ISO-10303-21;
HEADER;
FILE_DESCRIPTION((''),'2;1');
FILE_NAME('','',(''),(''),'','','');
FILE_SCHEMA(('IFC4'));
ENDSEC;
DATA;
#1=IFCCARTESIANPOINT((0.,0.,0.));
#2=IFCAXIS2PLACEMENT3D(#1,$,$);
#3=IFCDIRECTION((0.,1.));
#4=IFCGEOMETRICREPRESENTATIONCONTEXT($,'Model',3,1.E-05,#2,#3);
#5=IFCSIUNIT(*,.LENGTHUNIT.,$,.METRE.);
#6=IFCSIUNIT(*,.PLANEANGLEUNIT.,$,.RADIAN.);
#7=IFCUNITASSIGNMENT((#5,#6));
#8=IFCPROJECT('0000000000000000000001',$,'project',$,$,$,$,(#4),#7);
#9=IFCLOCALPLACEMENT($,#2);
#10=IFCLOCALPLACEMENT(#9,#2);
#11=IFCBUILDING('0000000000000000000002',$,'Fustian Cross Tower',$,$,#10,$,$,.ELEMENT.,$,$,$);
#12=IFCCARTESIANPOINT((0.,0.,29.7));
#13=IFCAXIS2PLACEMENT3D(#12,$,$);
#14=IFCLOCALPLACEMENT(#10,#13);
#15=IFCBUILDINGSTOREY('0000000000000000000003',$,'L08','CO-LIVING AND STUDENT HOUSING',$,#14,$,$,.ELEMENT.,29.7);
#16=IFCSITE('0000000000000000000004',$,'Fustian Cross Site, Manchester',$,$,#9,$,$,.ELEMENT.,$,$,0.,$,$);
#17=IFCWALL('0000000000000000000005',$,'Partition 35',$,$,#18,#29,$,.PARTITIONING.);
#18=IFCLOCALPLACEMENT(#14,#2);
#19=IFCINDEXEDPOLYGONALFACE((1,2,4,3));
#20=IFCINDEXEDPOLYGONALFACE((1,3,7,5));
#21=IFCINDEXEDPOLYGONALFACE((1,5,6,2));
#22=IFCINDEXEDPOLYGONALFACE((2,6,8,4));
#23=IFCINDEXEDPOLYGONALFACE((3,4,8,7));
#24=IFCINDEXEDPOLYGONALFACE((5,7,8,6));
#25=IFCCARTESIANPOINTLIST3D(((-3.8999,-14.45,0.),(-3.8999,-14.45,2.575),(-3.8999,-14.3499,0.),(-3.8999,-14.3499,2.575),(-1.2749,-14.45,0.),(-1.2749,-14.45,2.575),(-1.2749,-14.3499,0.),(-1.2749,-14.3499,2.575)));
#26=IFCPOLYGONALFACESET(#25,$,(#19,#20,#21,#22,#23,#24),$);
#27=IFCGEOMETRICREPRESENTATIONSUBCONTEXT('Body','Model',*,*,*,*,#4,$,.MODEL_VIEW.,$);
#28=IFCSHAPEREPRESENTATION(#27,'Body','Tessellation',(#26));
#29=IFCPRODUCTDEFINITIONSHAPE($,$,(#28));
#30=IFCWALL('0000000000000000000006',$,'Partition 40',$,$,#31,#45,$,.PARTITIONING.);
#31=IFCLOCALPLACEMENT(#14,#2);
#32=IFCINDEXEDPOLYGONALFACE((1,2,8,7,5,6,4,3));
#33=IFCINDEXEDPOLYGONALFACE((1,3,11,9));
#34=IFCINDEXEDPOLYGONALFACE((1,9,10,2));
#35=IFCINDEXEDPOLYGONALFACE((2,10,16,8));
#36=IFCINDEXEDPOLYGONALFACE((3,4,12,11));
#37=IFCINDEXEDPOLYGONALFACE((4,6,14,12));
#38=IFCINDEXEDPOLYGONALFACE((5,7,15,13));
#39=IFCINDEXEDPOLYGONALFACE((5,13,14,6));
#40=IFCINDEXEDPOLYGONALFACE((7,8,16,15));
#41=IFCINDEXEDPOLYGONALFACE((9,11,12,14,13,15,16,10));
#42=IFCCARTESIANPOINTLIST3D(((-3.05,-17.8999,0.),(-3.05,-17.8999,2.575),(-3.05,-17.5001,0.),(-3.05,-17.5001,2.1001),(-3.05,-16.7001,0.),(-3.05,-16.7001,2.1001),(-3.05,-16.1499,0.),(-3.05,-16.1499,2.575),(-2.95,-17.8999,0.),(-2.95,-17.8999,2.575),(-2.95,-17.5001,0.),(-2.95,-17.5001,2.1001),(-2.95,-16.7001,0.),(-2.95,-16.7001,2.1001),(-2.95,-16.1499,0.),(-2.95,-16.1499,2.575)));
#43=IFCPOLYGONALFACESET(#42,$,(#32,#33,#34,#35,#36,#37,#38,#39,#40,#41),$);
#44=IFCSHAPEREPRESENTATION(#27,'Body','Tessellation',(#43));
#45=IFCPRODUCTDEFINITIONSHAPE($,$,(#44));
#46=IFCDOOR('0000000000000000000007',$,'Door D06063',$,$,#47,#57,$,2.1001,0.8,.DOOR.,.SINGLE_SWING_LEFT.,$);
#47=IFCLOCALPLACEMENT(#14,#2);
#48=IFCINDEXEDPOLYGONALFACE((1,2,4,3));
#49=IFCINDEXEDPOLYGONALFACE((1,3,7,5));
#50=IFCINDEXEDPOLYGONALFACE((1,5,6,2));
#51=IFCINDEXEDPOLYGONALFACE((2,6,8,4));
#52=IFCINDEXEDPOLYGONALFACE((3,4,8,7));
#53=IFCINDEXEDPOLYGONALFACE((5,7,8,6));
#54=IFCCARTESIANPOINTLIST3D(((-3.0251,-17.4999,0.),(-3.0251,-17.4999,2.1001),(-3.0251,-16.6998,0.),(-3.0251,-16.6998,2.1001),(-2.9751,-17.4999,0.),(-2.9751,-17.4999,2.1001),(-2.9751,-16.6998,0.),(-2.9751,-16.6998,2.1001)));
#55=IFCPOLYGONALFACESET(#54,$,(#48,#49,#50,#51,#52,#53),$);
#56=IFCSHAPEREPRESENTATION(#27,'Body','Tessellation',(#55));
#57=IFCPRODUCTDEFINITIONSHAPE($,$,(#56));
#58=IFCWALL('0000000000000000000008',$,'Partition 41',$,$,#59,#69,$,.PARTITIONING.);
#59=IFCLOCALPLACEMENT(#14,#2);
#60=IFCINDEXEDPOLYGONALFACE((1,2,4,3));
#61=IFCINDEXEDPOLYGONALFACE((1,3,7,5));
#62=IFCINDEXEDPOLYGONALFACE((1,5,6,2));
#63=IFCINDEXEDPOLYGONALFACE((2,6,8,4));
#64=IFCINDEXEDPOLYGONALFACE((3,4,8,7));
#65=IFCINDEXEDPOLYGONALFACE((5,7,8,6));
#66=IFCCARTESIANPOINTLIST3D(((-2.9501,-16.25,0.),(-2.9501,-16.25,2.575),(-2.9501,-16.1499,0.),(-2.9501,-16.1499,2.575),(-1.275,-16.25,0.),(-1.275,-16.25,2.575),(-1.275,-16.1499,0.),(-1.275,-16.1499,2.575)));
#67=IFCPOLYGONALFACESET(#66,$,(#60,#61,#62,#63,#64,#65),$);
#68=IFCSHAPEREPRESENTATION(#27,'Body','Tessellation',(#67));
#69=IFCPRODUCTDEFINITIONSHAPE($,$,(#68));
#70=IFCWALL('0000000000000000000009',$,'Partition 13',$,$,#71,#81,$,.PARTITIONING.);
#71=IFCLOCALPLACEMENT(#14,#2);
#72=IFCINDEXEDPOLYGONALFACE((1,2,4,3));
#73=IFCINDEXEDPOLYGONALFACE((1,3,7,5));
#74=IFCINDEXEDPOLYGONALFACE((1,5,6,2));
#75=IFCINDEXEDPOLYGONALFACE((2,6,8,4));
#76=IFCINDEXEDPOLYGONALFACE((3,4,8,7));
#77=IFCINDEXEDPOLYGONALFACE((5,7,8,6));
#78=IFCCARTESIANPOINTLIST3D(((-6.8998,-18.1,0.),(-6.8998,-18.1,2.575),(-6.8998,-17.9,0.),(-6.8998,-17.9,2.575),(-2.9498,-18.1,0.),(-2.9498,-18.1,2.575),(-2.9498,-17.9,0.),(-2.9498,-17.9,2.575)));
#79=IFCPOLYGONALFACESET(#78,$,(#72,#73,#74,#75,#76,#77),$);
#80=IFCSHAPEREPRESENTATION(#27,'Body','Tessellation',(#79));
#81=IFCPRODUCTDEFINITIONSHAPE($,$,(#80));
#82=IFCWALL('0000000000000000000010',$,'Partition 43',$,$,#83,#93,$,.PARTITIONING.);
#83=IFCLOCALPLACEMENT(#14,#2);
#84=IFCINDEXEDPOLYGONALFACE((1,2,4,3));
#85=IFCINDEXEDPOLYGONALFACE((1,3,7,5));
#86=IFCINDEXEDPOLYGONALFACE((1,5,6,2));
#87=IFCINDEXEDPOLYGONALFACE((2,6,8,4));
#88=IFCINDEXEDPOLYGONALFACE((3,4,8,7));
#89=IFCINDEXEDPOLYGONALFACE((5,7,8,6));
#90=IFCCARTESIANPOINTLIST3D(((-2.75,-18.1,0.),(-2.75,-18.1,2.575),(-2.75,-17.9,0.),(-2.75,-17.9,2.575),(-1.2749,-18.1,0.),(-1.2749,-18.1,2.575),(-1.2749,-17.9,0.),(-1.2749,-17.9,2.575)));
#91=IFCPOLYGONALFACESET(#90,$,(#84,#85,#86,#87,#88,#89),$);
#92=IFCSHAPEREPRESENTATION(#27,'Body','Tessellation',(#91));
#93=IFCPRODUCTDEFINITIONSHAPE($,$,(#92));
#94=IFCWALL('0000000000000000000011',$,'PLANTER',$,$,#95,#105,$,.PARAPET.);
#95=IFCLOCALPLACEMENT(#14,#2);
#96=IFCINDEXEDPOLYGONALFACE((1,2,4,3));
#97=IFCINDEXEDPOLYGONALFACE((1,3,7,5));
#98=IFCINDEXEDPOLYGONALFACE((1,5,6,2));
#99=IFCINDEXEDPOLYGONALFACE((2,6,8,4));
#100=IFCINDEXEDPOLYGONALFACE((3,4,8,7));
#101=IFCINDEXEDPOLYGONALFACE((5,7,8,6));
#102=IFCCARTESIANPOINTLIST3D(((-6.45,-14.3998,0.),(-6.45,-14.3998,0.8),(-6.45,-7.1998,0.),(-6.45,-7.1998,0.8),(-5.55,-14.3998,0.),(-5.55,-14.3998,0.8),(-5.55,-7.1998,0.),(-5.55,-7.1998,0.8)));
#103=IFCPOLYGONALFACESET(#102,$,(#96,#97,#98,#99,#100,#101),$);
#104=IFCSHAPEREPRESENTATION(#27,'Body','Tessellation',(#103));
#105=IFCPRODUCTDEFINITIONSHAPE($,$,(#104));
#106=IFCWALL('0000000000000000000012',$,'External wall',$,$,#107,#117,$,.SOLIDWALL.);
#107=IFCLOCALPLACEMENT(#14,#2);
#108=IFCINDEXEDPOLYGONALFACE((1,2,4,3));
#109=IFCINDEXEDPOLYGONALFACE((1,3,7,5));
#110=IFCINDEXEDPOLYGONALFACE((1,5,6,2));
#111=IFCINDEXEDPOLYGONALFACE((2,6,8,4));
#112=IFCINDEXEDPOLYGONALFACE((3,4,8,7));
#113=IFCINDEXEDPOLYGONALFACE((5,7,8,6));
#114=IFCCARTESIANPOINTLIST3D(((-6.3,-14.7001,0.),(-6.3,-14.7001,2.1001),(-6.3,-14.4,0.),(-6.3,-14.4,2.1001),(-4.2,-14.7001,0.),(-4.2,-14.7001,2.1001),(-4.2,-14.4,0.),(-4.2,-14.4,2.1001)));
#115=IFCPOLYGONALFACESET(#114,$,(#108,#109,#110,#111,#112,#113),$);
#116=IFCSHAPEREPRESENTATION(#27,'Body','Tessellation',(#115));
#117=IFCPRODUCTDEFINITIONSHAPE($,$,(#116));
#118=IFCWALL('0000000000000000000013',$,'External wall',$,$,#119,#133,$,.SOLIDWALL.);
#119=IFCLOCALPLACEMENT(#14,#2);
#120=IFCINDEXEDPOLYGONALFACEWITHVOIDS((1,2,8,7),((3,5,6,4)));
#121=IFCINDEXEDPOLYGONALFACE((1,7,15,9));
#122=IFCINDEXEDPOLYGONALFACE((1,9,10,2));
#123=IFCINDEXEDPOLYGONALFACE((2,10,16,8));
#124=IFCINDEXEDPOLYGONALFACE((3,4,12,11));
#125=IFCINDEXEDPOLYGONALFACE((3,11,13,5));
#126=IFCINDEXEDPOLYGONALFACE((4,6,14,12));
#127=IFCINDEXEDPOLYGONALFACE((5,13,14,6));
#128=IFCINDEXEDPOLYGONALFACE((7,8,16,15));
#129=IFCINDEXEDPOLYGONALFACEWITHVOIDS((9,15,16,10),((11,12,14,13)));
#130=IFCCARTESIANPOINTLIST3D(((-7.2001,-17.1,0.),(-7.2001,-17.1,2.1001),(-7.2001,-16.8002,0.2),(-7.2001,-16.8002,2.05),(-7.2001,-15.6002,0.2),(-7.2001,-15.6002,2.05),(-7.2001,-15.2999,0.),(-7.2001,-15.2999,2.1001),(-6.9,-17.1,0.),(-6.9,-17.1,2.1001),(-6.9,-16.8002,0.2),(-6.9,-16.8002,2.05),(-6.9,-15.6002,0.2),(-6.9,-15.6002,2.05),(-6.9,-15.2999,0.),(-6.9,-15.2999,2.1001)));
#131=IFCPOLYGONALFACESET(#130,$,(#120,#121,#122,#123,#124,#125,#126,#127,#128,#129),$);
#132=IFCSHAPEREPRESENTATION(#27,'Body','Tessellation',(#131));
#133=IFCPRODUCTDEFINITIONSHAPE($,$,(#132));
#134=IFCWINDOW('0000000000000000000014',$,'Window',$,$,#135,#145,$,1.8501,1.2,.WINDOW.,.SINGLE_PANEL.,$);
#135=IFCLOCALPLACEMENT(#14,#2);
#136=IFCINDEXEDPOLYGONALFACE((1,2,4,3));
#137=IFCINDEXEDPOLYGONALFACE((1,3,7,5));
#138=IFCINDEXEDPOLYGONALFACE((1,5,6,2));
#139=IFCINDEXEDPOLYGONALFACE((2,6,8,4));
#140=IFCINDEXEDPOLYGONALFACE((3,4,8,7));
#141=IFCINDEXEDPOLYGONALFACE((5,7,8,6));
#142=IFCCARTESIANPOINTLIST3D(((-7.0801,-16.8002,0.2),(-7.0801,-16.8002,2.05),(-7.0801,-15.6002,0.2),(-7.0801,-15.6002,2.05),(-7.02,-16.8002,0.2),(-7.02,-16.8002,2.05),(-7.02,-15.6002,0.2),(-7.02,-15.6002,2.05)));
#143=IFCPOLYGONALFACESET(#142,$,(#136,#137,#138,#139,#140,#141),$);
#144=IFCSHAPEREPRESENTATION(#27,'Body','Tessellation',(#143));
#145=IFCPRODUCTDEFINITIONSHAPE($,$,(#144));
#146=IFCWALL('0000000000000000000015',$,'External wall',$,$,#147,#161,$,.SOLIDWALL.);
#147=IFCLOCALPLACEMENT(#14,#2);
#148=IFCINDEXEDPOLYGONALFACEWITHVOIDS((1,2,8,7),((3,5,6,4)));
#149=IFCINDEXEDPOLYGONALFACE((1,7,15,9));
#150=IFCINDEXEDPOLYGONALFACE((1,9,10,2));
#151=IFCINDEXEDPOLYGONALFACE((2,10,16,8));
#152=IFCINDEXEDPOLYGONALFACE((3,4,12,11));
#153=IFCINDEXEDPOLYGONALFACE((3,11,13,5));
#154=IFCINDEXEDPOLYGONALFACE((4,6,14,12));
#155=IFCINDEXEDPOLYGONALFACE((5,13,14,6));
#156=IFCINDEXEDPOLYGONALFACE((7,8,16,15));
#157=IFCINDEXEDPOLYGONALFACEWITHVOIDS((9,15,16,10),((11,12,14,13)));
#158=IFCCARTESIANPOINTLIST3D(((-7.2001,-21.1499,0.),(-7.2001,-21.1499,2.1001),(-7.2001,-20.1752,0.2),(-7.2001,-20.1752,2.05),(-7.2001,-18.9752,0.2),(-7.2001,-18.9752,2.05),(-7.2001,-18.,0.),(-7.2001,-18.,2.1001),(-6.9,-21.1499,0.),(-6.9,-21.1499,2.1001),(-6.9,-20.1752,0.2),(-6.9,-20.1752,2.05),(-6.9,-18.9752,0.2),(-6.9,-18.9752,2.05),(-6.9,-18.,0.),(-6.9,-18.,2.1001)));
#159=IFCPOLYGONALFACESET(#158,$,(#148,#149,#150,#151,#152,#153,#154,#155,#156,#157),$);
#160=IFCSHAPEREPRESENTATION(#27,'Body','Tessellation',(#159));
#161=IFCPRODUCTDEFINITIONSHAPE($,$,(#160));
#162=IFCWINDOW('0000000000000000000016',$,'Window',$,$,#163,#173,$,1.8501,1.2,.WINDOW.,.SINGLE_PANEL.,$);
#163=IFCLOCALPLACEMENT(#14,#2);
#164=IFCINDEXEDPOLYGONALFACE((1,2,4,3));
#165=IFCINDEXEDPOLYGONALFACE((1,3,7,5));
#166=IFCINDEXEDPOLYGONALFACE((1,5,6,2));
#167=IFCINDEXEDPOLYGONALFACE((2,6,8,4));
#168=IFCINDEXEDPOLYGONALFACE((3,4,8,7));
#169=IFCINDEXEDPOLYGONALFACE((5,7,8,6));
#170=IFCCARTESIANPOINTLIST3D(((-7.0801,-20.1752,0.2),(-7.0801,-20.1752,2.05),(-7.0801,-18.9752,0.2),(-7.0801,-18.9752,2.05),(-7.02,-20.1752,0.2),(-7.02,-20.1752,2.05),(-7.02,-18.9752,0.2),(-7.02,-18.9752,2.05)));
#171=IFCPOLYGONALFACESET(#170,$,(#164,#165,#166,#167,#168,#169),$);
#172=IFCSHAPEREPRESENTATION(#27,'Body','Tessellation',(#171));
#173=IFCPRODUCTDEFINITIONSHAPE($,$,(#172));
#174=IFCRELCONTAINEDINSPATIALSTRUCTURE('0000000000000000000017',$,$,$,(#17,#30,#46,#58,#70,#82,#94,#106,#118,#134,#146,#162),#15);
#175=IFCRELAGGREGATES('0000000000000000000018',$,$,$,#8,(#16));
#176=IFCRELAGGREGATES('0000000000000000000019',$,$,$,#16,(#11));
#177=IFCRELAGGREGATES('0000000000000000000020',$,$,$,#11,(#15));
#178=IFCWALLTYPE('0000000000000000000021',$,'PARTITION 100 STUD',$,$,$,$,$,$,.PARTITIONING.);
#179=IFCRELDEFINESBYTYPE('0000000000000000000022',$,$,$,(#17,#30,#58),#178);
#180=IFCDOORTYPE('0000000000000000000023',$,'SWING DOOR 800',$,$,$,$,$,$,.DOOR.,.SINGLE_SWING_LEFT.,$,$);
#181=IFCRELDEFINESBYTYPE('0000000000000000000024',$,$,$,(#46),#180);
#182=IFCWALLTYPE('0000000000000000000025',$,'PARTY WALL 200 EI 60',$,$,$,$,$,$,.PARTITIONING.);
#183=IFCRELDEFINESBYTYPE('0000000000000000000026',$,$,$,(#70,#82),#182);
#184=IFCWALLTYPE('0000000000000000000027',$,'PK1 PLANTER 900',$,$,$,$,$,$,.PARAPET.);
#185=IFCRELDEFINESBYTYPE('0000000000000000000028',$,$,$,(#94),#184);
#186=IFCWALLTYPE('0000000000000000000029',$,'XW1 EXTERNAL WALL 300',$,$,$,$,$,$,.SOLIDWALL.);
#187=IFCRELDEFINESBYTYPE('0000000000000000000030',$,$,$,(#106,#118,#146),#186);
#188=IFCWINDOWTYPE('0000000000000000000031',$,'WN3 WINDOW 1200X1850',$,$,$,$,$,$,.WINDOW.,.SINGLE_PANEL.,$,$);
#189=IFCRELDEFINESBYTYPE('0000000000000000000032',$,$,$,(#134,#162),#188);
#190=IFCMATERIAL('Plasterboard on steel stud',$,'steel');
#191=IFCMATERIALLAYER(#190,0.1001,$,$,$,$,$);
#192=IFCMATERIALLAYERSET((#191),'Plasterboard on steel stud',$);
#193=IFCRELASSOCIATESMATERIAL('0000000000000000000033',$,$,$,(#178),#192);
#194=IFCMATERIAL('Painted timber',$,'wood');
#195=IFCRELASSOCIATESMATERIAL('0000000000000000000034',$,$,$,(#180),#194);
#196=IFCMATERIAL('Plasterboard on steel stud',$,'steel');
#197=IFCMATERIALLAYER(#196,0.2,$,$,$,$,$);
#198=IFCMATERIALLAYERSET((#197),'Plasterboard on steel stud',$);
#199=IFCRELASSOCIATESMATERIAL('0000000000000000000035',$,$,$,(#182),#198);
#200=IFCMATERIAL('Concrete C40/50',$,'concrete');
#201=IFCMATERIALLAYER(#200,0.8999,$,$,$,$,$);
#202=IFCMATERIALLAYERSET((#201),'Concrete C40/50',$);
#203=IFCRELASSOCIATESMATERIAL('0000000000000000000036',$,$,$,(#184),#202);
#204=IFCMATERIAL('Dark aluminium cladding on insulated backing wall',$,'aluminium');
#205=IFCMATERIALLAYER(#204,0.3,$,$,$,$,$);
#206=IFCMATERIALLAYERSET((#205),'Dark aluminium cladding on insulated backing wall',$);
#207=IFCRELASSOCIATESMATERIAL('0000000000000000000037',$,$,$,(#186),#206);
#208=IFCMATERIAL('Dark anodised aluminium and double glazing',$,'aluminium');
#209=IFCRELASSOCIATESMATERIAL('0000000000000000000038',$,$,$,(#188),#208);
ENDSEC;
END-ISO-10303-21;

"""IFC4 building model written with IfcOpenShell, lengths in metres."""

from ifc_helpers import new_model, si_unit, direction, frame, frame_2d, origin, place, context, subcontext, project, spatial, rectangle, extrude, material, layer, layer_set, type_object, element, fill, save


model = new_model("IFC4")

# Units and contexts
model_context = context("Model", 3, precision=1e-05, world=origin(), true_north=direction((0.0, 1.0)))
body_context = subcontext(model_context, "Body", "Model", "MODEL_VIEW")
ifc_project = project(units=[si_unit("LENGTHUNIT", "METRE"), si_unit("PLANEANGLEUNIT", "RADIAN")], contexts=[model_context])

# Site, building, storey
site_placement = place(None, origin())
site = spatial("IfcSite", under=ifc_project, at=site_placement, Name="Fustian Cross Site, Manchester", CompositionType="ELEMENT", RefElevation=0.0)
building_placement = place(site_placement, origin())
building = spatial("IfcBuilding", under=site, at=building_placement, Name="Fustian Cross Tower", CompositionType="ELEMENT")
storey_placement = place(building_placement, frame((0.0, 0.0, 29.7)))
storey = spatial("IfcBuildingStorey", under=building, at=storey_placement, Name="L08", Description="CO-LIVING AND STUDENT HOUSING", CompositionType="ELEMENT", Elevation=29.7)

# Shared definitions
ifc_material_1 = material(Name="Plasterboard on steel stud", Category="steel")
ifc_layer_1 = layer(ifc_material_1, 0.1001)
ifc_layer_set_1 = layer_set([ifc_layer_1], Name="Plasterboard on steel stud")
wall_type_1 = type_object("IfcWallType", Name="PARTITION 100 STUD", PredefinedType="PARTITIONING", material=ifc_layer_set_1)

# Shared definitions
ifc_material_2 = material(Name="Painted timber", Category="wood")
door_type = type_object("IfcDoorType", Name="SWING DOOR 800", OperationType="SINGLE_SWING_LEFT", PredefinedType="DOOR", material=ifc_material_2)

# Wall
wall_1_placement = place(storey_placement, frame((-3.8999, -14.3999, 0.0), z_axis=(0.0, 0.0, 1.0), x_axis=(1.0, 0.0, 0.0)))
element("IfcWall", 1, at=wall_1_placement, inside=storey, type_object=wall_type_1, Name="Partition 35", PredefinedType="PARTITIONING", context=body_context, shape_type="SweptSolid", body=[
    extrude(rectangle(XDim=2.625, YDim=0.1001, at=frame_2d((1.3125, 0.0))), origin(), (0.0, 0.0, 1.0), 2.575),
])

# Wall, opening, door
wall_2_placement = place(storey_placement, frame((-3.0, -17.8999, 0.0), z_axis=(0.0, 0.0, 1.0), x_axis=(0.0, 1.0, 0.0)))
wall_2 = element("IfcWall", 2, at=wall_2_placement, inside=storey, type_object=wall_type_1, Name="Partition 40", PredefinedType="PARTITIONING", context=body_context, shape_type="SweptSolid", body=[
    extrude(rectangle(XDim=1.75, YDim=0.1001, at=frame_2d((0.875, 0.0))), origin(), (0.0, 0.0, 1.0), 2.575),
])
opening_1_placement = place(wall_2_placement, frame((0.3999, 0.0, 0.0)))
opening_1 = element("IfcOpeningElement", 3, at=opening_1_placement, cuts=wall_2, PredefinedType="OPENING", context=body_context, shape_type="SweptSolid", body=[
    extrude(rectangle(XDim=0.8, YDim=2.1001, at=frame_2d((0.3999, 1.05))), frame((0.0, 0.0601, 0.0), z_axis=(0.0, -1.0, 0.0), x_axis=(1.0, 0.0, 0.0)), (0.0, 0.0, 1.0), 0.1201),
])
door_1_placement = place(opening_1_placement, frame((0.8, 0.0, 0.0), z_axis=(0.0, 0.0, 1.0), x_axis=(-1.0, 0.0, 0.0)))
door_1 = element("IfcDoor", 4, at=door_1_placement, inside=storey, type_object=door_type, Name="Door D06063", OperationType="SINGLE_SWING_LEFT", OverallHeight=2.1001, OverallWidth=0.8, PredefinedType="DOOR", context=body_context, shape_type="SweptSolid", body=[
    extrude(rectangle(XDim=0.8, YDim=2.1001, at=frame_2d((0.3999, 1.05))), frame((0.0, 0.0249, 0.0), z_axis=(0.0, -1.0, 0.0), x_axis=(1.0, 0.0, 0.0)), (0.0, 0.0, 1.0), 0.05),
])
fill(opening_1, door_1)

# Walls
wall_3_placement = place(storey_placement, frame((-2.95, -16.2, 0.0), z_axis=(0.0, 0.0, 1.0), x_axis=(1.0, 0.0, 0.0)))
element("IfcWall", 5, at=wall_3_placement, inside=storey, type_object=wall_type_1, Name="Partition 41", PredefinedType="PARTITIONING", context=body_context, shape_type="SweptSolid", body=[
    extrude(rectangle(XDim=1.675, YDim=0.1001, at=frame_2d((0.8374, 0.0))), origin(), (0.0, 0.0, 1.0), 2.575),
])
ifc_material_3 = material(Name="Plasterboard on steel stud", Category="steel")
ifc_layer_2 = layer(ifc_material_3, 0.2)
ifc_layer_set_2 = layer_set([ifc_layer_2], Name="Plasterboard on steel stud")
wall_type_2 = type_object("IfcWallType", Name="PARTY WALL 200 EI 60", PredefinedType="PARTITIONING", material=ifc_layer_set_2)
wall_4_placement = place(storey_placement, frame((-6.8999, -18.0, 0.0), z_axis=(0.0, 0.0, 1.0), x_axis=(1.0, 0.0, 0.0)))
element("IfcWall", 6, at=wall_4_placement, inside=storey, type_object=wall_type_2, Name="Partition 13", PredefinedType="PARTITIONING", context=body_context, shape_type="SweptSolid", body=[
    extrude(rectangle(XDim=3.95, YDim=0.2, at=frame_2d((1.9751, 0.0))), origin(), (0.0, 0.0, 1.0), 2.575),
])
wall_5_placement = place(storey_placement, frame((-2.75, -18.0, 0.0), z_axis=(0.0, 0.0, 1.0), x_axis=(1.0, 0.0, 0.0)))
element("IfcWall", 7, at=wall_5_placement, inside=storey, type_object=wall_type_2, Name="Partition 43", PredefinedType="PARTITIONING", context=body_context, shape_type="SweptSolid", body=[
    extrude(rectangle(XDim=1.4751, YDim=0.2, at=frame_2d((0.7375, 0.0))), origin(), (0.0, 0.0, 1.0), 2.575),
])
ifc_material_4 = material(Name="Concrete C40/50", Category="concrete")
ifc_layer_3 = layer(ifc_material_4, 0.8999)
ifc_layer_set_3 = layer_set([ifc_layer_3], Name="Concrete C40/50")
wall_type_3 = type_object("IfcWallType", Name="PK1 PLANTER 900", PredefinedType="PARAPET", material=ifc_layer_set_3)
wall_6_placement = place(storey_placement, frame((-6.0, -14.3999, 0.0), z_axis=(0.0, 0.0, 1.0), x_axis=(0.0, 1.0, 0.0)))
element("IfcWall", 8, at=wall_6_placement, inside=storey, type_object=wall_type_3, Name="PLANTER", PredefinedType="PARAPET", context=body_context, shape_type="SweptSolid", body=[
    extrude(rectangle(XDim=7.2, YDim=0.8999, at=frame_2d((3.6001, 0.0))), origin(), (0.0, 0.0, 1.0), 0.8),
])
ifc_material_5 = material(Name="Dark aluminium cladding on insulated backing wall", Category="aluminium")
ifc_layer_4 = layer(ifc_material_5, 0.3)
ifc_layer_set_4 = layer_set([ifc_layer_4], Name="Dark aluminium cladding on insulated backing wall")
wall_type_4 = type_object("IfcWallType", Name="XW1 EXTERNAL WALL 300", PredefinedType="SOLIDWALL", material=ifc_layer_set_4)
wall_7_placement = place(storey_placement, frame((-4.2, -14.55, 0.0), z_axis=(0.0, 0.0, 1.0), x_axis=(-1.0, 0.0, 0.0)))
element("IfcWall", 9, at=wall_7_placement, inside=storey, type_object=wall_type_4, Name="External wall", PredefinedType="SOLIDWALL", context=body_context, shape_type="SweptSolid", body=[
    extrude(rectangle(XDim=2.1001, YDim=0.3, at=frame_2d((1.05, 0.0))), origin(), (0.0, 0.0, 1.0), 2.1001),
])

# Walls, openings, windows
wall_8_placement = place(storey_placement, frame((-7.05, -15.3, 0.0), z_axis=(0.0, 0.0, 1.0), x_axis=(0.0, -1.0, 0.0)))
wall_8 = element("IfcWall", 10, at=wall_8_placement, inside=storey, type_object=wall_type_4, Name="External wall", PredefinedType="SOLIDWALL", context=body_context, shape_type="SweptSolid", body=[
    extrude(rectangle(XDim=1.8, YDim=0.3, at=frame_2d((0.8999, 0.0))), origin(), (0.0, 0.0, 1.0), 2.1001),
])
opening_2_placement = place(wall_8_placement, frame((0.3, 0.0, 0.2)))
opening_2 = element("IfcOpeningElement", 11, at=opening_2_placement, cuts=wall_8, PredefinedType="OPENING", context=body_context, shape_type="SweptSolid", body=[
    extrude(rectangle(XDim=1.2, YDim=1.8501, at=frame_2d((0.6001, 0.925))), frame((0.0, 0.1599, 0.0), z_axis=(0.0, -1.0, 0.0), x_axis=(1.0, 0.0, 0.0)), (0.0, 0.0, 1.0), 0.3201),
])
ifc_material_6 = material(Name="Dark anodised aluminium and double glazing", Category="aluminium")
window_type = type_object("IfcWindowType", Name="WN3 WINDOW 1200X1850", PartitioningType="SINGLE_PANEL", PredefinedType="WINDOW", material=ifc_material_6)
window_1_placement = place(opening_2_placement, origin())
window_1 = element("IfcWindow", 12, at=window_1_placement, inside=storey, type_object=window_type, Name="Window", OverallHeight=1.8501, OverallWidth=1.2, PartitioningType="SINGLE_PANEL", PredefinedType="WINDOW", context=body_context, shape_type="SweptSolid", body=[
    extrude(rectangle(XDim=1.2, YDim=1.8501, at=frame_2d((0.6001, 0.925))), frame((0.0, 0.03, 0.0), z_axis=(0.0, -1.0, 0.0), x_axis=(1.0, 0.0, 0.0)), (0.0, 0.0, 1.0), 0.0601),
])
fill(opening_2, window_1)
wall_9_placement = place(storey_placement, frame((-7.05, -18.0, 0.0), z_axis=(0.0, 0.0, 1.0), x_axis=(0.0, -1.0, 0.0)))
wall_9 = element("IfcWall", 13, at=wall_9_placement, inside=storey, type_object=wall_type_4, Name="External wall", PredefinedType="SOLIDWALL", context=body_context, shape_type="SweptSolid", body=[
    extrude(rectangle(XDim=3.1499, YDim=0.3, at=frame_2d((1.575, 0.0))), origin(), (0.0, 0.0, 1.0), 2.1001),
])
opening_3_placement = place(wall_9_placement, frame((0.9751, 0.0, 0.2)))
opening_3 = element("IfcOpeningElement", 14, at=opening_3_placement, cuts=wall_9, PredefinedType="OPENING", context=body_context, shape_type="SweptSolid", body=[
    extrude(rectangle(XDim=1.2, YDim=1.8501, at=frame_2d((0.6001, 0.925))), frame((0.0, 0.1599, 0.0), z_axis=(0.0, -1.0, 0.0), x_axis=(1.0, 0.0, 0.0)), (0.0, 0.0, 1.0), 0.3201),
])
window_2_placement = place(opening_3_placement, origin())
window_2 = element("IfcWindow", 15, at=window_2_placement, inside=storey, type_object=window_type, Name="Window", OverallHeight=1.8501, OverallWidth=1.2, PartitioningType="SINGLE_PANEL", PredefinedType="WINDOW", context=body_context, shape_type="SweptSolid", body=[
    extrude(rectangle(XDim=1.2, YDim=1.8501, at=frame_2d((0.6001, 0.925))), frame((0.0, 0.03, 0.0), z_axis=(0.0, -1.0, 0.0), x_axis=(1.0, 0.0, 0.0)), (0.0, 0.0, 1.0), 0.0601),
])
fill(opening_3, window_2)

save(model, "model.ifc")
